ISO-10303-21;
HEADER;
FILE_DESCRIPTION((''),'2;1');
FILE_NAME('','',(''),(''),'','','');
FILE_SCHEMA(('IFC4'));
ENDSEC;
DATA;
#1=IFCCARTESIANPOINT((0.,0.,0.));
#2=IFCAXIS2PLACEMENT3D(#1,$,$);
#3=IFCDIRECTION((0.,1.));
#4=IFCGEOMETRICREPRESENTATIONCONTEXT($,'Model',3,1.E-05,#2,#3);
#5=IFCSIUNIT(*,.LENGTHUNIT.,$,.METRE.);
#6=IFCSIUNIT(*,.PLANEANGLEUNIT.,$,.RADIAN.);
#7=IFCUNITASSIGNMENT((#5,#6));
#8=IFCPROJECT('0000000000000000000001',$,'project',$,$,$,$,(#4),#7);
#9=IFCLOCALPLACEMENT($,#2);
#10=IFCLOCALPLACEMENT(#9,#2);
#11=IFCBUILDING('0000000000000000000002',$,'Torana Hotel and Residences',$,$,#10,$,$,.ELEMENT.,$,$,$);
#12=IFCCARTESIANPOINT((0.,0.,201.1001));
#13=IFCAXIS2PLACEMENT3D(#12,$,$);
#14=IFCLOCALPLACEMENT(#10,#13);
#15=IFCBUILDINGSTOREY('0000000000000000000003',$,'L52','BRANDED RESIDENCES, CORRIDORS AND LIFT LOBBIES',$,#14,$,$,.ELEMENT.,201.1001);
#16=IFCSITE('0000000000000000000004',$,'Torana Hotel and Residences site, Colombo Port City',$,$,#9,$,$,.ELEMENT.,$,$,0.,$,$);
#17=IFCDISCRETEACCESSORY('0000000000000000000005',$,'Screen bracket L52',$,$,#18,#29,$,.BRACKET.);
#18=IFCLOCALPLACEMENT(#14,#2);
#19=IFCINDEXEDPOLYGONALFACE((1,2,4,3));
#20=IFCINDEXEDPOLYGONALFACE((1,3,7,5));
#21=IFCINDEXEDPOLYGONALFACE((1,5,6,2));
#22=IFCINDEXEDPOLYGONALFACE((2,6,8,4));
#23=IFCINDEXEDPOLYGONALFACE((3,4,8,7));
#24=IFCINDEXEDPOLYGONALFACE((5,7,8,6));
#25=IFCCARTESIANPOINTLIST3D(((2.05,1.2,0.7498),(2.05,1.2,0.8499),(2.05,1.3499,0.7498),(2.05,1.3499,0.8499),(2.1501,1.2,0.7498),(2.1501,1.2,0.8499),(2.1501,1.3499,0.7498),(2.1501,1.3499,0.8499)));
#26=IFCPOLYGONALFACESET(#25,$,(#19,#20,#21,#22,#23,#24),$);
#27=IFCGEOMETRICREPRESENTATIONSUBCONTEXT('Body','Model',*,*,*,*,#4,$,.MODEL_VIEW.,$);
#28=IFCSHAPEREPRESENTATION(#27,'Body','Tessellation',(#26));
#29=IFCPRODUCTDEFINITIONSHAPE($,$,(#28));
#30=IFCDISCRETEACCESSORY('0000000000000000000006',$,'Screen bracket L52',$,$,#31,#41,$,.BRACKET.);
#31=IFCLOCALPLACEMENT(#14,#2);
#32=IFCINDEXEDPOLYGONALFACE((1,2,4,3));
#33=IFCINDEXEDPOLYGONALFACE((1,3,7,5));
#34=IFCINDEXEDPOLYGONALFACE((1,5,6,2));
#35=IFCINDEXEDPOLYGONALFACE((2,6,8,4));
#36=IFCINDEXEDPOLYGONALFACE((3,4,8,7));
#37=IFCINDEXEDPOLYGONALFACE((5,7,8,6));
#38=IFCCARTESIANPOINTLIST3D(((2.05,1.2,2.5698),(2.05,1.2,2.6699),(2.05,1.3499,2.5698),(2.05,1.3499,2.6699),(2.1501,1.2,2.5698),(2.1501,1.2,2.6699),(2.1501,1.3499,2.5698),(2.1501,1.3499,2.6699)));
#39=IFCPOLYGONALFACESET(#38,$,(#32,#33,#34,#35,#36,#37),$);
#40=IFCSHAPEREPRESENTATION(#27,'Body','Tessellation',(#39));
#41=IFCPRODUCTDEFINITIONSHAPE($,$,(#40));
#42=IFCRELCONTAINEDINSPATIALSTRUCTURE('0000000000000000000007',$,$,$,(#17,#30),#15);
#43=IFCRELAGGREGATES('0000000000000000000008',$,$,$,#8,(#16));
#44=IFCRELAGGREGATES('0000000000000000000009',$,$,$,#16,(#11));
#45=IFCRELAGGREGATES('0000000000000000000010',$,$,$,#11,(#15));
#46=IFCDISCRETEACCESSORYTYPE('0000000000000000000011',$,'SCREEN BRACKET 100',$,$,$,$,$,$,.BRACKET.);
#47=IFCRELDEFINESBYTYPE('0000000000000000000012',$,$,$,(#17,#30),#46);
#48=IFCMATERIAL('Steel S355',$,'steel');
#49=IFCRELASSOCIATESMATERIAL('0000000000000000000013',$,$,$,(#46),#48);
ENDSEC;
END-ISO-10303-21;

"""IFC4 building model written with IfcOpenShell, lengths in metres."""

from ifc_helpers import new_model, si_unit, direction, frame, origin, origin_2d, place, context, subcontext, project, spatial, rectangle, extrude, material, type_object, element, save


model = new_model("IFC4")

# Units and contexts
model_context = context("Model", 3, precision=1e-05, world=origin(), true_north=direction((0.0, 1.0)))
body_context = subcontext(model_context, "Body", "Model", "MODEL_VIEW")
ifc_project = project(units=[si_unit("LENGTHUNIT", "METRE"), si_unit("PLANEANGLEUNIT", "RADIAN")], contexts=[model_context])

# Site, building, storey
site_placement = place(None, origin())
site = spatial("IfcSite", under=ifc_project, at=site_placement, Name="Torana Hotel and Residences site, Colombo Port City", CompositionType="ELEMENT", RefElevation=0.0)
building_placement = place(site_placement, origin())
building = spatial("IfcBuilding", under=site, at=building_placement, Name="Torana Hotel and Residences", CompositionType="ELEMENT")
storey_placement = place(building_placement, frame((0.0, 0.0, 201.1001)))
storey = spatial("IfcBuildingStorey", under=building, at=storey_placement, Name="L52", Description="BRANDED RESIDENCES, CORRIDORS AND LIFT LOBBIES", CompositionType="ELEMENT", Elevation=201.1001)

# Discrete accessories
ifc_material_1 = material(Name="Steel S355", Category="steel")
discrete_accessory_type = type_object("IfcDiscreteAccessoryType", Name="SCREEN BRACKET 100", PredefinedType="BRACKET", material=ifc_material_1)
for number, where, z_axis, x_axis, name in (
    (1, (2.1001, 1.2749, 0.7498), (0.0, 0.0, 1.0), (-1.0, 0.0, 0.0), "Screen bracket L52"),
    (2, (2.1001, 1.2749, 2.5698), (0.0, 0.0, 1.0), (-1.0, 0.0, 0.0), "Screen bracket L52"),
):
    element("IfcDiscreteAccessory", number, at=place(storey_placement, frame(where, z_axis=z_axis, x_axis=x_axis)), inside=storey, type_object=discrete_accessory_type, Name=name, PredefinedType="BRACKET", context=body_context, shape_type="SweptSolid", body=[
        extrude(rectangle(XDim=0.1001, YDim=0.1499, at=origin_2d()), origin(), (0.0, 0.0, 1.0), 0.1001),
    ])

save(model, "model.ifc")
